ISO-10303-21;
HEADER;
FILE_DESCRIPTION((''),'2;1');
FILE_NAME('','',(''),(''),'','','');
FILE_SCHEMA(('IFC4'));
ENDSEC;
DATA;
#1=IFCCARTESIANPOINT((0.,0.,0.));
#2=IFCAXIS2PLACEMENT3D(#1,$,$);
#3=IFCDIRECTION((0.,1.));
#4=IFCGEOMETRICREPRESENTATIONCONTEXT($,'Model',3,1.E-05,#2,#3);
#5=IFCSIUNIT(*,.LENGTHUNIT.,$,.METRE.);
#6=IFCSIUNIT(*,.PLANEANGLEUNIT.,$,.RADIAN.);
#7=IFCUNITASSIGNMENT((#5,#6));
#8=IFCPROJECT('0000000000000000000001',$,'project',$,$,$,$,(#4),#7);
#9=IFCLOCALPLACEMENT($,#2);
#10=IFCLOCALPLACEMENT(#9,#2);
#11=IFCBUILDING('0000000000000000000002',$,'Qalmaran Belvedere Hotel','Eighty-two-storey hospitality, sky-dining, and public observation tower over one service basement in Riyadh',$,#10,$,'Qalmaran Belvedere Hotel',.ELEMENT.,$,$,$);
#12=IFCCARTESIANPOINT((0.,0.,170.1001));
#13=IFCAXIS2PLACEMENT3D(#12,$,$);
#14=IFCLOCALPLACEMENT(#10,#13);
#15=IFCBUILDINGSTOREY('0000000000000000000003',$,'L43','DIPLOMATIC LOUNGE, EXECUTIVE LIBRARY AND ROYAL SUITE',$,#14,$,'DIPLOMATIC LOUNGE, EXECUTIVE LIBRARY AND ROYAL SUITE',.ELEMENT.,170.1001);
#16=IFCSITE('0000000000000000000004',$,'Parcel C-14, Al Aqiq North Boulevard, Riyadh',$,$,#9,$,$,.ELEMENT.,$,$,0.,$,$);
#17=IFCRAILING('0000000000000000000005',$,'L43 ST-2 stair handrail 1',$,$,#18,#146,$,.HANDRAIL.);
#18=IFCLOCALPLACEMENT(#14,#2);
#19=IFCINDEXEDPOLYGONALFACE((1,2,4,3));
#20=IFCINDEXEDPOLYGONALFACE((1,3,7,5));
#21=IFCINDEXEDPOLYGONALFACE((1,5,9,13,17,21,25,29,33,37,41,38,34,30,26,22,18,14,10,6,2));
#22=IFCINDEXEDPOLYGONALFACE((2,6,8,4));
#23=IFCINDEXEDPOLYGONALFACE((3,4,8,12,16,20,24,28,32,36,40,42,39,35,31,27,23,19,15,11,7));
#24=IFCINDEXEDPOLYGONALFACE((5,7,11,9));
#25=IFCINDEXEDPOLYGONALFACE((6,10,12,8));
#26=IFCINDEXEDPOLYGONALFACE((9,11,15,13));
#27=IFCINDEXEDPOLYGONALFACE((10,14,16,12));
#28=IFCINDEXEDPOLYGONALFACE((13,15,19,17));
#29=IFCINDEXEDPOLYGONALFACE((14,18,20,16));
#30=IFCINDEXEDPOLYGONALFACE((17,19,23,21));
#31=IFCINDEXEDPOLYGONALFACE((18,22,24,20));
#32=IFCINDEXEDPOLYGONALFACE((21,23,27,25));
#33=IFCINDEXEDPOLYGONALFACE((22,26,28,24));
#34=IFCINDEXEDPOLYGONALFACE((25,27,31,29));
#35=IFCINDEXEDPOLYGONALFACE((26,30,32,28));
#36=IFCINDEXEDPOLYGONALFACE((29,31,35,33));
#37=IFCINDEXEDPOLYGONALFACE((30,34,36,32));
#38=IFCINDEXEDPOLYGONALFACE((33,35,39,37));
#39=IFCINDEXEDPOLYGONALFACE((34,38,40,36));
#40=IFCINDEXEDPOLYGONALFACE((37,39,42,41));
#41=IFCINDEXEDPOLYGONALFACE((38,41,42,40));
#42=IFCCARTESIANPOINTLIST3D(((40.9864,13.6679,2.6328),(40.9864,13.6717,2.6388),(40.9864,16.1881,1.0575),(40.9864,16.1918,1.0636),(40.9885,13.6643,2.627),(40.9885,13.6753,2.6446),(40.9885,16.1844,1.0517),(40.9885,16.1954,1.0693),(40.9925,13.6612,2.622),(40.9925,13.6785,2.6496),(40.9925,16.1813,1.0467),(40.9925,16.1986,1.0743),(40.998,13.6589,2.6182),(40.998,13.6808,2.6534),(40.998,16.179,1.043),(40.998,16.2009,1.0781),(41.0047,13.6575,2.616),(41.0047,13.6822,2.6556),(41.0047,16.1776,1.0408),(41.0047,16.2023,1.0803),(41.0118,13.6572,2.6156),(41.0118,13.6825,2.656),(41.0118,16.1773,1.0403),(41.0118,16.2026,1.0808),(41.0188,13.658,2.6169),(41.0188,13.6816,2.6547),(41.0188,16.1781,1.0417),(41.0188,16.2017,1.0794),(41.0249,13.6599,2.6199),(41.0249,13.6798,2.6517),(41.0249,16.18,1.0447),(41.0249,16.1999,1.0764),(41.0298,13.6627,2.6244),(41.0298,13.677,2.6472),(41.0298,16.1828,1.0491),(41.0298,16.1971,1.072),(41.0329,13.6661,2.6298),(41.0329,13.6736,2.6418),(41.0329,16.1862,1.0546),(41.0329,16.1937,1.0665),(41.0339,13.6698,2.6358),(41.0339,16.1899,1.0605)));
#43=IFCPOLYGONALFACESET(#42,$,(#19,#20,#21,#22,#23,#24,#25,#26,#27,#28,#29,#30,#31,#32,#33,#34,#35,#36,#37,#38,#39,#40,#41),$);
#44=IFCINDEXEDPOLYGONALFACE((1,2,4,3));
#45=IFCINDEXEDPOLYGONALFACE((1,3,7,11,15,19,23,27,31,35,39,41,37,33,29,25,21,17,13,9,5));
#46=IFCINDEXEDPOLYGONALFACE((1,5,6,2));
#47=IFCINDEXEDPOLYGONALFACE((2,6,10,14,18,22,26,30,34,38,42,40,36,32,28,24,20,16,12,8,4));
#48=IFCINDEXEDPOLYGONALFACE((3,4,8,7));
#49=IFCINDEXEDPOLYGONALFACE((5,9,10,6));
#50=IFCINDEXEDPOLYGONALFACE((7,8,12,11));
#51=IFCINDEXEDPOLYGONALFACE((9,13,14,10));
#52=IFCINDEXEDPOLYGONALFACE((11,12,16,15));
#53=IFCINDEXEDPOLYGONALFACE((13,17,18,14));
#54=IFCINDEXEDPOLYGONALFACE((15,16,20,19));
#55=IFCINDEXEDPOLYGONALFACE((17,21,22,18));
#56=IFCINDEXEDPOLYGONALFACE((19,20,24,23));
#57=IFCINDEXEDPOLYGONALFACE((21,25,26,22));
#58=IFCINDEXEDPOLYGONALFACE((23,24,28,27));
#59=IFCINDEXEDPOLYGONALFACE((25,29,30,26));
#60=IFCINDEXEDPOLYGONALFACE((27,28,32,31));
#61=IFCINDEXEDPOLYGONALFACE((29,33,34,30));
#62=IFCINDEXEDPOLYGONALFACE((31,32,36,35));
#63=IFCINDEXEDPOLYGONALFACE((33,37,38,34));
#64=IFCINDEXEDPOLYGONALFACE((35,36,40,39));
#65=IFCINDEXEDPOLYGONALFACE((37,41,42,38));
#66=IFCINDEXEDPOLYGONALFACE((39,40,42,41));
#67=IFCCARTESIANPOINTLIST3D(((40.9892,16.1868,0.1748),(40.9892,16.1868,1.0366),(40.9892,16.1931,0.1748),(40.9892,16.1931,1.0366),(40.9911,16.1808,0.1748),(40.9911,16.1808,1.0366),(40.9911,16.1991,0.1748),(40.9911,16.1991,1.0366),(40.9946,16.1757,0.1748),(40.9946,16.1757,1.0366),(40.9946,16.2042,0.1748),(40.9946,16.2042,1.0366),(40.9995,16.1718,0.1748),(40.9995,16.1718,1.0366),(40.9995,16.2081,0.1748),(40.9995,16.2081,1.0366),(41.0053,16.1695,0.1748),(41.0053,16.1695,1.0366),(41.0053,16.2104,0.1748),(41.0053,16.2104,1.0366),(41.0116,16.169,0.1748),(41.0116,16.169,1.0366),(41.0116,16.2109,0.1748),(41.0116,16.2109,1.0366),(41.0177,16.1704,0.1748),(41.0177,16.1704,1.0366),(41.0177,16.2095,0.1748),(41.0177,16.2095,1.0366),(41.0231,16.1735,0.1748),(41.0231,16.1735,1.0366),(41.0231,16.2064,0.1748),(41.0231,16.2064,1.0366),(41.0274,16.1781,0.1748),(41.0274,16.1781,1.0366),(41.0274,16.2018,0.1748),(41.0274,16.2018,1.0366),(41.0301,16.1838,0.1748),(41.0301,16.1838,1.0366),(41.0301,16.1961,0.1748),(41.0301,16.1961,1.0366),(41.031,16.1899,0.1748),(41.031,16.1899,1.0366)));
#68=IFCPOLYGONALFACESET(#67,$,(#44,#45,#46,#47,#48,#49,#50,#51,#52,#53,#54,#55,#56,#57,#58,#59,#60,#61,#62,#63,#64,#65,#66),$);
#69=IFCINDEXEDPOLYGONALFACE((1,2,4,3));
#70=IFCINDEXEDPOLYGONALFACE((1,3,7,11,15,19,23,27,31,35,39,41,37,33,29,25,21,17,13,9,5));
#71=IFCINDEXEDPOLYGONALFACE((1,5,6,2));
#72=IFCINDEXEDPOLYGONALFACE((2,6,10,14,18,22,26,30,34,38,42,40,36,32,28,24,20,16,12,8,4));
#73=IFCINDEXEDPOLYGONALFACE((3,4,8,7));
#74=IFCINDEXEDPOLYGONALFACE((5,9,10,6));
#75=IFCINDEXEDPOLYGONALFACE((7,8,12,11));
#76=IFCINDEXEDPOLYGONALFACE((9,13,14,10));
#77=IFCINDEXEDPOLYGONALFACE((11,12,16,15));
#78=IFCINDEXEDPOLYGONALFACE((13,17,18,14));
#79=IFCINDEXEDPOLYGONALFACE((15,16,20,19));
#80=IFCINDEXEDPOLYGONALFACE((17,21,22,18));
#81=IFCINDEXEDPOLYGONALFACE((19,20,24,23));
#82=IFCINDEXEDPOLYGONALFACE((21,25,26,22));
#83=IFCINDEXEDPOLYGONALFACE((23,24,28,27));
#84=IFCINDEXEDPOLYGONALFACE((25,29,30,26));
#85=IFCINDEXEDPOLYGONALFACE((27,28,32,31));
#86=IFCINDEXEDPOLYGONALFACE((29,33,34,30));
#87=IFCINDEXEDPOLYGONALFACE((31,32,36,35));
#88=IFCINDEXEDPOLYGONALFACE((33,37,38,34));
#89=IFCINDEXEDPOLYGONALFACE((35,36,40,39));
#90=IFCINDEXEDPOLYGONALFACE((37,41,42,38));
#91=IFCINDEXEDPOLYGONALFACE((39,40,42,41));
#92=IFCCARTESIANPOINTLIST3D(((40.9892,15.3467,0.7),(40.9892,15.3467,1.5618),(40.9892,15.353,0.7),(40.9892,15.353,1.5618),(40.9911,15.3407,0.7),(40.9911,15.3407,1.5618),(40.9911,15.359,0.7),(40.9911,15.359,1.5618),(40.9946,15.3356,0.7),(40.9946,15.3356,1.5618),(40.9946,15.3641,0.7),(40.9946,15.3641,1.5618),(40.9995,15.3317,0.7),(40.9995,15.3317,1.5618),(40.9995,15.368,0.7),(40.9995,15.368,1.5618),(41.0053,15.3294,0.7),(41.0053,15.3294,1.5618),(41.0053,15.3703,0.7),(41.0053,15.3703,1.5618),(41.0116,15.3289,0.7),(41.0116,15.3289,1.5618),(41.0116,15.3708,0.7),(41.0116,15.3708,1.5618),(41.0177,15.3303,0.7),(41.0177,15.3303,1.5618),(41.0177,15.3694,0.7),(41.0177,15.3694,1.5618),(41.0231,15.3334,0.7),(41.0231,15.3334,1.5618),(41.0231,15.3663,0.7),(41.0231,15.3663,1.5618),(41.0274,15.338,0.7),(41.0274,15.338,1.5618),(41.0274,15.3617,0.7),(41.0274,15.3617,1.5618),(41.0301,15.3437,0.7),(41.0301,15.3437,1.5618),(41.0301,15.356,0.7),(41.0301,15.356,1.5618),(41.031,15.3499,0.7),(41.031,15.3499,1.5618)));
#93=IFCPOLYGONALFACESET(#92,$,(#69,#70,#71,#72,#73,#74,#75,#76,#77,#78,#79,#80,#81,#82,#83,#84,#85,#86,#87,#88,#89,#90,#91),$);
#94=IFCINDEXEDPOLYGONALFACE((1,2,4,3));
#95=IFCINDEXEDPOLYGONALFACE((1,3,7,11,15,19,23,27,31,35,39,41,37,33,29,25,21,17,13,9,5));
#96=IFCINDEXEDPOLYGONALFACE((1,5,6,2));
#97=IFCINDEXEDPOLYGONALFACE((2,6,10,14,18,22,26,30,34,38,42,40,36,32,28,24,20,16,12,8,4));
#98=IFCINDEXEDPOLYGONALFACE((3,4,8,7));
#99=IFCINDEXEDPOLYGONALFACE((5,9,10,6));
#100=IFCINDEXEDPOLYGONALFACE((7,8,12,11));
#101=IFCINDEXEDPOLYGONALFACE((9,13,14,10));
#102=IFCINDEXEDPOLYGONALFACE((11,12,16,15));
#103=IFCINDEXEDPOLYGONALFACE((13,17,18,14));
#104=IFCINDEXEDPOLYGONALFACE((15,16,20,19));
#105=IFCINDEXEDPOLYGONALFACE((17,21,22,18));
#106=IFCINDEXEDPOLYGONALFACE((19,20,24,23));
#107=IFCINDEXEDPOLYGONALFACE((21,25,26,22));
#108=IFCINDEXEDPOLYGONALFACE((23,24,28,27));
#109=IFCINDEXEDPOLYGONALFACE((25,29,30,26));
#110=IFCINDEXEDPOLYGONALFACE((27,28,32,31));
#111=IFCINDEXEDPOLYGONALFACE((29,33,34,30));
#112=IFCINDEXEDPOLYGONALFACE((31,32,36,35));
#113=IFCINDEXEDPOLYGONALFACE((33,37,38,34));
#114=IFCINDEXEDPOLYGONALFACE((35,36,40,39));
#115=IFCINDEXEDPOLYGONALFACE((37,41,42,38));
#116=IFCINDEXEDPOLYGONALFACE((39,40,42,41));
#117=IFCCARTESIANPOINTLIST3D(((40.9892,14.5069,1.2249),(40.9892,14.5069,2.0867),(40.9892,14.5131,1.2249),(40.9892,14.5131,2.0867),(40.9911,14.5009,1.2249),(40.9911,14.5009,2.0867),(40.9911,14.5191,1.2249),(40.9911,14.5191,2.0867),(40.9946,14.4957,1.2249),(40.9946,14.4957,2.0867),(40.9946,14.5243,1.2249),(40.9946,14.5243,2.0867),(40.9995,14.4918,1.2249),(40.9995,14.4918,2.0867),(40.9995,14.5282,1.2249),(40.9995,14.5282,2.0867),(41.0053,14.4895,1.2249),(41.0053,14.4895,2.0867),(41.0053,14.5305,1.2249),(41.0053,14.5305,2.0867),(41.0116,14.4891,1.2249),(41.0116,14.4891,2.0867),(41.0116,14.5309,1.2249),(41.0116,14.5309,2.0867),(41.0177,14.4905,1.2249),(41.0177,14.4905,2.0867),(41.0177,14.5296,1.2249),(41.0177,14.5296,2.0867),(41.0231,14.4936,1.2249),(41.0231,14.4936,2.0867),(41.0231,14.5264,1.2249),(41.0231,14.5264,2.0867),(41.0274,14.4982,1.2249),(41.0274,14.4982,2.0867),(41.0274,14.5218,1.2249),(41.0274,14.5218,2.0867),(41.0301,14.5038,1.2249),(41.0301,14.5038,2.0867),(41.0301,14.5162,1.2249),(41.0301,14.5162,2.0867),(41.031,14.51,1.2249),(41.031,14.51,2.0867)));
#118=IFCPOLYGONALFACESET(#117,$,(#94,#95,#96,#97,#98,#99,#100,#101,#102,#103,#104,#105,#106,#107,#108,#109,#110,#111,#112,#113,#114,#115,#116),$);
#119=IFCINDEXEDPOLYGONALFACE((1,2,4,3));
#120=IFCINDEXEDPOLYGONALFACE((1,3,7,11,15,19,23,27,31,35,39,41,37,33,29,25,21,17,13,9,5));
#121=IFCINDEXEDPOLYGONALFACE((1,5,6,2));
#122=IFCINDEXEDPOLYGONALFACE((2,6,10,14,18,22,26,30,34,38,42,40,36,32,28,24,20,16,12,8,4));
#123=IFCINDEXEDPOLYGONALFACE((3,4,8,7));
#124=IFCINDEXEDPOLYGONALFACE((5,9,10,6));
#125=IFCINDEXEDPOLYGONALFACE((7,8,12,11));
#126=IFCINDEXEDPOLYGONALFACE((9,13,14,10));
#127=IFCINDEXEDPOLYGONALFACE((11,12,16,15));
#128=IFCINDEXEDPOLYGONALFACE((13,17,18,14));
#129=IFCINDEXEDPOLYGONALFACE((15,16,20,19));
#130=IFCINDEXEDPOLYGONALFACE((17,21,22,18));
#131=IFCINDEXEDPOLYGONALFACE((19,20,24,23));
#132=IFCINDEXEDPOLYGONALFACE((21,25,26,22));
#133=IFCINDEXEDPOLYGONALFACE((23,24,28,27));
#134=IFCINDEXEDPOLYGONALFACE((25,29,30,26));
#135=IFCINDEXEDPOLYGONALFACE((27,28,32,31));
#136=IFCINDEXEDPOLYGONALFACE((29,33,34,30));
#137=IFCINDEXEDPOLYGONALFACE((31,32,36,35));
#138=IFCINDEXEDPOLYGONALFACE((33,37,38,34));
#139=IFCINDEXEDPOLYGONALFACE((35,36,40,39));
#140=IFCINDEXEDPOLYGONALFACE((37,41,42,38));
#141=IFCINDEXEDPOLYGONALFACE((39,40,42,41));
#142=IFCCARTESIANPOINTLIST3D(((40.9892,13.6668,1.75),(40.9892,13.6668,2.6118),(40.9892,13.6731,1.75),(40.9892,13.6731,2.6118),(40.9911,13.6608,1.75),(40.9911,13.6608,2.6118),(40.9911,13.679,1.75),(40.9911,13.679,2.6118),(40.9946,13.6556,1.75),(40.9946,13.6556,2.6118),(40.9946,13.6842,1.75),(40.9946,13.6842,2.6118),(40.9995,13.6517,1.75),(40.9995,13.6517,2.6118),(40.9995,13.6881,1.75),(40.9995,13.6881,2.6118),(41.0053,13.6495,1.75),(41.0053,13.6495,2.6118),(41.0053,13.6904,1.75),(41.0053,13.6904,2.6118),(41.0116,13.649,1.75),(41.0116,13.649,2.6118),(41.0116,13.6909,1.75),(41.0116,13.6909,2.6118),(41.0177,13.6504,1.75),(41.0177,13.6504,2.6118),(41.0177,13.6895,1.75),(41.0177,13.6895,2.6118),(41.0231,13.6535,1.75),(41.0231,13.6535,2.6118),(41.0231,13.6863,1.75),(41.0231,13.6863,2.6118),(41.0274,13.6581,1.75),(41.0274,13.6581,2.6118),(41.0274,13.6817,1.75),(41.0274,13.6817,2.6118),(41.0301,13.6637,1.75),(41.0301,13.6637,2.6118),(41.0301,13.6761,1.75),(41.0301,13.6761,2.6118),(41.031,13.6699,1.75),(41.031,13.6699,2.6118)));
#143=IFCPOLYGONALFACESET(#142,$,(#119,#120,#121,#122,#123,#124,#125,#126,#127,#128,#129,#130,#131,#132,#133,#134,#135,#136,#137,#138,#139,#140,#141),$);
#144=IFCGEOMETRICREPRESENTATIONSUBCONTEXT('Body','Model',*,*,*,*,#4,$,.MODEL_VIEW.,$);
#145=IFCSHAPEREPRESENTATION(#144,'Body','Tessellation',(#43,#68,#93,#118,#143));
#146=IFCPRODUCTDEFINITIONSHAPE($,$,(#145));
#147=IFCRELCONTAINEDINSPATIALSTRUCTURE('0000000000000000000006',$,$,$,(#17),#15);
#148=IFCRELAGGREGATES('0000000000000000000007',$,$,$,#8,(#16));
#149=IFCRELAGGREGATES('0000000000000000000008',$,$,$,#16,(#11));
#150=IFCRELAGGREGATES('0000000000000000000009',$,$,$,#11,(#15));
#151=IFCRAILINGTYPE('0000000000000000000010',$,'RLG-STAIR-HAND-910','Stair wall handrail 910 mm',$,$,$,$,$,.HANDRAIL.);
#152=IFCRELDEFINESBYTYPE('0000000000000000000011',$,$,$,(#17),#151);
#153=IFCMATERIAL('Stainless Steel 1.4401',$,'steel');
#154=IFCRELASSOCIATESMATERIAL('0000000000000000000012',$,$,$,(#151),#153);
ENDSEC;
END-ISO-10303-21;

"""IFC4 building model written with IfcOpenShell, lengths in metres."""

from ifc_helpers import new_model, si_unit, direction, frame, origin, origin_2d, place, context, subcontext, project, spatial, circle, extrude, material, type_object, element, save


model = new_model("IFC4")

# Units and contexts
model_context = context("Model", 3, precision=1e-05, world=origin(), true_north=direction((0.0, 1.0)))
body_context = subcontext(model_context, "Body", "Model", "MODEL_VIEW")
ifc_project = project(units=[si_unit("LENGTHUNIT", "METRE"), si_unit("PLANEANGLEUNIT", "RADIAN")], contexts=[model_context])

# Site, building, storey
site_placement = place(None, origin())
site = spatial("IfcSite", under=ifc_project, at=site_placement, Name="Parcel C-14, Al Aqiq North Boulevard, Riyadh", CompositionType="ELEMENT", RefElevation=0.0)
building_placement = place(site_placement, origin())
building = spatial("IfcBuilding", under=site, at=building_placement, Name="Qalmaran Belvedere Hotel", Description="Eighty-two-storey hospitality, sky-dining, and public observation tower over one service basement in Riyadh", LongName="Qalmaran Belvedere Hotel", CompositionType="ELEMENT")
storey_placement = place(building_placement, frame((0.0, 0.0, 170.1001)))
storey = spatial("IfcBuildingStorey", under=building, at=storey_placement, Name="L43", Description="DIPLOMATIC LOUNGE, EXECUTIVE LIBRARY AND ROYAL SUITE", LongName="DIPLOMATIC LOUNGE, EXECUTIVE LIBRARY AND ROYAL SUITE", CompositionType="ELEMENT", Elevation=170.1001)

# Shared definitions
ifc_material_1 = material(Name="Stainless Steel 1.4401", Category="steel")

# Railing
railing_type_1 = type_object("IfcRailingType", Name="RLG-STAIR-HAND-910", Description="Stair wall handrail 910 mm", PredefinedType="HANDRAIL", material=ifc_material_1)
railing_1_placement = place(storey_placement, frame((41.01, 16.1899, 0.1748)))
element("IfcRailing", 1, at=railing_1_placement, inside=storey, type_object=railing_type_1, Name="L43 ST-2 stair handrail 1", PredefinedType="HANDRAIL", context=body_context, shape_type="SweptSolid", body=[
    extrude(circle(Radius=0.0239, at=origin_2d()), frame((0.0, 0.0, 0.8857), z_axis=(0.0, -0.847971, 0.530043), x_axis=(1.0, 0.0, 0.0)), (0.0, 0.0, 1.0), 2.9719),
    extrude(circle(Radius=0.021, at=origin_2d()), origin(), (0.0, 0.0, 1.0), 0.8618),
    extrude(circle(Radius=0.021, at=origin_2d()), frame((0.0, -0.8401, 0.5251)), (0.0, 0.0, 1.0), 0.8618),
    extrude(circle(Radius=0.021, at=origin_2d()), frame((0.0, -1.6799, 1.05)), (0.0, 0.0, 1.0), 0.8618),
    extrude(circle(Radius=0.021, at=origin_2d()), frame((0.0, -2.52, 1.5752)), (0.0, 0.0, 1.0), 0.8618),
])

save(model, "model.ifc")
